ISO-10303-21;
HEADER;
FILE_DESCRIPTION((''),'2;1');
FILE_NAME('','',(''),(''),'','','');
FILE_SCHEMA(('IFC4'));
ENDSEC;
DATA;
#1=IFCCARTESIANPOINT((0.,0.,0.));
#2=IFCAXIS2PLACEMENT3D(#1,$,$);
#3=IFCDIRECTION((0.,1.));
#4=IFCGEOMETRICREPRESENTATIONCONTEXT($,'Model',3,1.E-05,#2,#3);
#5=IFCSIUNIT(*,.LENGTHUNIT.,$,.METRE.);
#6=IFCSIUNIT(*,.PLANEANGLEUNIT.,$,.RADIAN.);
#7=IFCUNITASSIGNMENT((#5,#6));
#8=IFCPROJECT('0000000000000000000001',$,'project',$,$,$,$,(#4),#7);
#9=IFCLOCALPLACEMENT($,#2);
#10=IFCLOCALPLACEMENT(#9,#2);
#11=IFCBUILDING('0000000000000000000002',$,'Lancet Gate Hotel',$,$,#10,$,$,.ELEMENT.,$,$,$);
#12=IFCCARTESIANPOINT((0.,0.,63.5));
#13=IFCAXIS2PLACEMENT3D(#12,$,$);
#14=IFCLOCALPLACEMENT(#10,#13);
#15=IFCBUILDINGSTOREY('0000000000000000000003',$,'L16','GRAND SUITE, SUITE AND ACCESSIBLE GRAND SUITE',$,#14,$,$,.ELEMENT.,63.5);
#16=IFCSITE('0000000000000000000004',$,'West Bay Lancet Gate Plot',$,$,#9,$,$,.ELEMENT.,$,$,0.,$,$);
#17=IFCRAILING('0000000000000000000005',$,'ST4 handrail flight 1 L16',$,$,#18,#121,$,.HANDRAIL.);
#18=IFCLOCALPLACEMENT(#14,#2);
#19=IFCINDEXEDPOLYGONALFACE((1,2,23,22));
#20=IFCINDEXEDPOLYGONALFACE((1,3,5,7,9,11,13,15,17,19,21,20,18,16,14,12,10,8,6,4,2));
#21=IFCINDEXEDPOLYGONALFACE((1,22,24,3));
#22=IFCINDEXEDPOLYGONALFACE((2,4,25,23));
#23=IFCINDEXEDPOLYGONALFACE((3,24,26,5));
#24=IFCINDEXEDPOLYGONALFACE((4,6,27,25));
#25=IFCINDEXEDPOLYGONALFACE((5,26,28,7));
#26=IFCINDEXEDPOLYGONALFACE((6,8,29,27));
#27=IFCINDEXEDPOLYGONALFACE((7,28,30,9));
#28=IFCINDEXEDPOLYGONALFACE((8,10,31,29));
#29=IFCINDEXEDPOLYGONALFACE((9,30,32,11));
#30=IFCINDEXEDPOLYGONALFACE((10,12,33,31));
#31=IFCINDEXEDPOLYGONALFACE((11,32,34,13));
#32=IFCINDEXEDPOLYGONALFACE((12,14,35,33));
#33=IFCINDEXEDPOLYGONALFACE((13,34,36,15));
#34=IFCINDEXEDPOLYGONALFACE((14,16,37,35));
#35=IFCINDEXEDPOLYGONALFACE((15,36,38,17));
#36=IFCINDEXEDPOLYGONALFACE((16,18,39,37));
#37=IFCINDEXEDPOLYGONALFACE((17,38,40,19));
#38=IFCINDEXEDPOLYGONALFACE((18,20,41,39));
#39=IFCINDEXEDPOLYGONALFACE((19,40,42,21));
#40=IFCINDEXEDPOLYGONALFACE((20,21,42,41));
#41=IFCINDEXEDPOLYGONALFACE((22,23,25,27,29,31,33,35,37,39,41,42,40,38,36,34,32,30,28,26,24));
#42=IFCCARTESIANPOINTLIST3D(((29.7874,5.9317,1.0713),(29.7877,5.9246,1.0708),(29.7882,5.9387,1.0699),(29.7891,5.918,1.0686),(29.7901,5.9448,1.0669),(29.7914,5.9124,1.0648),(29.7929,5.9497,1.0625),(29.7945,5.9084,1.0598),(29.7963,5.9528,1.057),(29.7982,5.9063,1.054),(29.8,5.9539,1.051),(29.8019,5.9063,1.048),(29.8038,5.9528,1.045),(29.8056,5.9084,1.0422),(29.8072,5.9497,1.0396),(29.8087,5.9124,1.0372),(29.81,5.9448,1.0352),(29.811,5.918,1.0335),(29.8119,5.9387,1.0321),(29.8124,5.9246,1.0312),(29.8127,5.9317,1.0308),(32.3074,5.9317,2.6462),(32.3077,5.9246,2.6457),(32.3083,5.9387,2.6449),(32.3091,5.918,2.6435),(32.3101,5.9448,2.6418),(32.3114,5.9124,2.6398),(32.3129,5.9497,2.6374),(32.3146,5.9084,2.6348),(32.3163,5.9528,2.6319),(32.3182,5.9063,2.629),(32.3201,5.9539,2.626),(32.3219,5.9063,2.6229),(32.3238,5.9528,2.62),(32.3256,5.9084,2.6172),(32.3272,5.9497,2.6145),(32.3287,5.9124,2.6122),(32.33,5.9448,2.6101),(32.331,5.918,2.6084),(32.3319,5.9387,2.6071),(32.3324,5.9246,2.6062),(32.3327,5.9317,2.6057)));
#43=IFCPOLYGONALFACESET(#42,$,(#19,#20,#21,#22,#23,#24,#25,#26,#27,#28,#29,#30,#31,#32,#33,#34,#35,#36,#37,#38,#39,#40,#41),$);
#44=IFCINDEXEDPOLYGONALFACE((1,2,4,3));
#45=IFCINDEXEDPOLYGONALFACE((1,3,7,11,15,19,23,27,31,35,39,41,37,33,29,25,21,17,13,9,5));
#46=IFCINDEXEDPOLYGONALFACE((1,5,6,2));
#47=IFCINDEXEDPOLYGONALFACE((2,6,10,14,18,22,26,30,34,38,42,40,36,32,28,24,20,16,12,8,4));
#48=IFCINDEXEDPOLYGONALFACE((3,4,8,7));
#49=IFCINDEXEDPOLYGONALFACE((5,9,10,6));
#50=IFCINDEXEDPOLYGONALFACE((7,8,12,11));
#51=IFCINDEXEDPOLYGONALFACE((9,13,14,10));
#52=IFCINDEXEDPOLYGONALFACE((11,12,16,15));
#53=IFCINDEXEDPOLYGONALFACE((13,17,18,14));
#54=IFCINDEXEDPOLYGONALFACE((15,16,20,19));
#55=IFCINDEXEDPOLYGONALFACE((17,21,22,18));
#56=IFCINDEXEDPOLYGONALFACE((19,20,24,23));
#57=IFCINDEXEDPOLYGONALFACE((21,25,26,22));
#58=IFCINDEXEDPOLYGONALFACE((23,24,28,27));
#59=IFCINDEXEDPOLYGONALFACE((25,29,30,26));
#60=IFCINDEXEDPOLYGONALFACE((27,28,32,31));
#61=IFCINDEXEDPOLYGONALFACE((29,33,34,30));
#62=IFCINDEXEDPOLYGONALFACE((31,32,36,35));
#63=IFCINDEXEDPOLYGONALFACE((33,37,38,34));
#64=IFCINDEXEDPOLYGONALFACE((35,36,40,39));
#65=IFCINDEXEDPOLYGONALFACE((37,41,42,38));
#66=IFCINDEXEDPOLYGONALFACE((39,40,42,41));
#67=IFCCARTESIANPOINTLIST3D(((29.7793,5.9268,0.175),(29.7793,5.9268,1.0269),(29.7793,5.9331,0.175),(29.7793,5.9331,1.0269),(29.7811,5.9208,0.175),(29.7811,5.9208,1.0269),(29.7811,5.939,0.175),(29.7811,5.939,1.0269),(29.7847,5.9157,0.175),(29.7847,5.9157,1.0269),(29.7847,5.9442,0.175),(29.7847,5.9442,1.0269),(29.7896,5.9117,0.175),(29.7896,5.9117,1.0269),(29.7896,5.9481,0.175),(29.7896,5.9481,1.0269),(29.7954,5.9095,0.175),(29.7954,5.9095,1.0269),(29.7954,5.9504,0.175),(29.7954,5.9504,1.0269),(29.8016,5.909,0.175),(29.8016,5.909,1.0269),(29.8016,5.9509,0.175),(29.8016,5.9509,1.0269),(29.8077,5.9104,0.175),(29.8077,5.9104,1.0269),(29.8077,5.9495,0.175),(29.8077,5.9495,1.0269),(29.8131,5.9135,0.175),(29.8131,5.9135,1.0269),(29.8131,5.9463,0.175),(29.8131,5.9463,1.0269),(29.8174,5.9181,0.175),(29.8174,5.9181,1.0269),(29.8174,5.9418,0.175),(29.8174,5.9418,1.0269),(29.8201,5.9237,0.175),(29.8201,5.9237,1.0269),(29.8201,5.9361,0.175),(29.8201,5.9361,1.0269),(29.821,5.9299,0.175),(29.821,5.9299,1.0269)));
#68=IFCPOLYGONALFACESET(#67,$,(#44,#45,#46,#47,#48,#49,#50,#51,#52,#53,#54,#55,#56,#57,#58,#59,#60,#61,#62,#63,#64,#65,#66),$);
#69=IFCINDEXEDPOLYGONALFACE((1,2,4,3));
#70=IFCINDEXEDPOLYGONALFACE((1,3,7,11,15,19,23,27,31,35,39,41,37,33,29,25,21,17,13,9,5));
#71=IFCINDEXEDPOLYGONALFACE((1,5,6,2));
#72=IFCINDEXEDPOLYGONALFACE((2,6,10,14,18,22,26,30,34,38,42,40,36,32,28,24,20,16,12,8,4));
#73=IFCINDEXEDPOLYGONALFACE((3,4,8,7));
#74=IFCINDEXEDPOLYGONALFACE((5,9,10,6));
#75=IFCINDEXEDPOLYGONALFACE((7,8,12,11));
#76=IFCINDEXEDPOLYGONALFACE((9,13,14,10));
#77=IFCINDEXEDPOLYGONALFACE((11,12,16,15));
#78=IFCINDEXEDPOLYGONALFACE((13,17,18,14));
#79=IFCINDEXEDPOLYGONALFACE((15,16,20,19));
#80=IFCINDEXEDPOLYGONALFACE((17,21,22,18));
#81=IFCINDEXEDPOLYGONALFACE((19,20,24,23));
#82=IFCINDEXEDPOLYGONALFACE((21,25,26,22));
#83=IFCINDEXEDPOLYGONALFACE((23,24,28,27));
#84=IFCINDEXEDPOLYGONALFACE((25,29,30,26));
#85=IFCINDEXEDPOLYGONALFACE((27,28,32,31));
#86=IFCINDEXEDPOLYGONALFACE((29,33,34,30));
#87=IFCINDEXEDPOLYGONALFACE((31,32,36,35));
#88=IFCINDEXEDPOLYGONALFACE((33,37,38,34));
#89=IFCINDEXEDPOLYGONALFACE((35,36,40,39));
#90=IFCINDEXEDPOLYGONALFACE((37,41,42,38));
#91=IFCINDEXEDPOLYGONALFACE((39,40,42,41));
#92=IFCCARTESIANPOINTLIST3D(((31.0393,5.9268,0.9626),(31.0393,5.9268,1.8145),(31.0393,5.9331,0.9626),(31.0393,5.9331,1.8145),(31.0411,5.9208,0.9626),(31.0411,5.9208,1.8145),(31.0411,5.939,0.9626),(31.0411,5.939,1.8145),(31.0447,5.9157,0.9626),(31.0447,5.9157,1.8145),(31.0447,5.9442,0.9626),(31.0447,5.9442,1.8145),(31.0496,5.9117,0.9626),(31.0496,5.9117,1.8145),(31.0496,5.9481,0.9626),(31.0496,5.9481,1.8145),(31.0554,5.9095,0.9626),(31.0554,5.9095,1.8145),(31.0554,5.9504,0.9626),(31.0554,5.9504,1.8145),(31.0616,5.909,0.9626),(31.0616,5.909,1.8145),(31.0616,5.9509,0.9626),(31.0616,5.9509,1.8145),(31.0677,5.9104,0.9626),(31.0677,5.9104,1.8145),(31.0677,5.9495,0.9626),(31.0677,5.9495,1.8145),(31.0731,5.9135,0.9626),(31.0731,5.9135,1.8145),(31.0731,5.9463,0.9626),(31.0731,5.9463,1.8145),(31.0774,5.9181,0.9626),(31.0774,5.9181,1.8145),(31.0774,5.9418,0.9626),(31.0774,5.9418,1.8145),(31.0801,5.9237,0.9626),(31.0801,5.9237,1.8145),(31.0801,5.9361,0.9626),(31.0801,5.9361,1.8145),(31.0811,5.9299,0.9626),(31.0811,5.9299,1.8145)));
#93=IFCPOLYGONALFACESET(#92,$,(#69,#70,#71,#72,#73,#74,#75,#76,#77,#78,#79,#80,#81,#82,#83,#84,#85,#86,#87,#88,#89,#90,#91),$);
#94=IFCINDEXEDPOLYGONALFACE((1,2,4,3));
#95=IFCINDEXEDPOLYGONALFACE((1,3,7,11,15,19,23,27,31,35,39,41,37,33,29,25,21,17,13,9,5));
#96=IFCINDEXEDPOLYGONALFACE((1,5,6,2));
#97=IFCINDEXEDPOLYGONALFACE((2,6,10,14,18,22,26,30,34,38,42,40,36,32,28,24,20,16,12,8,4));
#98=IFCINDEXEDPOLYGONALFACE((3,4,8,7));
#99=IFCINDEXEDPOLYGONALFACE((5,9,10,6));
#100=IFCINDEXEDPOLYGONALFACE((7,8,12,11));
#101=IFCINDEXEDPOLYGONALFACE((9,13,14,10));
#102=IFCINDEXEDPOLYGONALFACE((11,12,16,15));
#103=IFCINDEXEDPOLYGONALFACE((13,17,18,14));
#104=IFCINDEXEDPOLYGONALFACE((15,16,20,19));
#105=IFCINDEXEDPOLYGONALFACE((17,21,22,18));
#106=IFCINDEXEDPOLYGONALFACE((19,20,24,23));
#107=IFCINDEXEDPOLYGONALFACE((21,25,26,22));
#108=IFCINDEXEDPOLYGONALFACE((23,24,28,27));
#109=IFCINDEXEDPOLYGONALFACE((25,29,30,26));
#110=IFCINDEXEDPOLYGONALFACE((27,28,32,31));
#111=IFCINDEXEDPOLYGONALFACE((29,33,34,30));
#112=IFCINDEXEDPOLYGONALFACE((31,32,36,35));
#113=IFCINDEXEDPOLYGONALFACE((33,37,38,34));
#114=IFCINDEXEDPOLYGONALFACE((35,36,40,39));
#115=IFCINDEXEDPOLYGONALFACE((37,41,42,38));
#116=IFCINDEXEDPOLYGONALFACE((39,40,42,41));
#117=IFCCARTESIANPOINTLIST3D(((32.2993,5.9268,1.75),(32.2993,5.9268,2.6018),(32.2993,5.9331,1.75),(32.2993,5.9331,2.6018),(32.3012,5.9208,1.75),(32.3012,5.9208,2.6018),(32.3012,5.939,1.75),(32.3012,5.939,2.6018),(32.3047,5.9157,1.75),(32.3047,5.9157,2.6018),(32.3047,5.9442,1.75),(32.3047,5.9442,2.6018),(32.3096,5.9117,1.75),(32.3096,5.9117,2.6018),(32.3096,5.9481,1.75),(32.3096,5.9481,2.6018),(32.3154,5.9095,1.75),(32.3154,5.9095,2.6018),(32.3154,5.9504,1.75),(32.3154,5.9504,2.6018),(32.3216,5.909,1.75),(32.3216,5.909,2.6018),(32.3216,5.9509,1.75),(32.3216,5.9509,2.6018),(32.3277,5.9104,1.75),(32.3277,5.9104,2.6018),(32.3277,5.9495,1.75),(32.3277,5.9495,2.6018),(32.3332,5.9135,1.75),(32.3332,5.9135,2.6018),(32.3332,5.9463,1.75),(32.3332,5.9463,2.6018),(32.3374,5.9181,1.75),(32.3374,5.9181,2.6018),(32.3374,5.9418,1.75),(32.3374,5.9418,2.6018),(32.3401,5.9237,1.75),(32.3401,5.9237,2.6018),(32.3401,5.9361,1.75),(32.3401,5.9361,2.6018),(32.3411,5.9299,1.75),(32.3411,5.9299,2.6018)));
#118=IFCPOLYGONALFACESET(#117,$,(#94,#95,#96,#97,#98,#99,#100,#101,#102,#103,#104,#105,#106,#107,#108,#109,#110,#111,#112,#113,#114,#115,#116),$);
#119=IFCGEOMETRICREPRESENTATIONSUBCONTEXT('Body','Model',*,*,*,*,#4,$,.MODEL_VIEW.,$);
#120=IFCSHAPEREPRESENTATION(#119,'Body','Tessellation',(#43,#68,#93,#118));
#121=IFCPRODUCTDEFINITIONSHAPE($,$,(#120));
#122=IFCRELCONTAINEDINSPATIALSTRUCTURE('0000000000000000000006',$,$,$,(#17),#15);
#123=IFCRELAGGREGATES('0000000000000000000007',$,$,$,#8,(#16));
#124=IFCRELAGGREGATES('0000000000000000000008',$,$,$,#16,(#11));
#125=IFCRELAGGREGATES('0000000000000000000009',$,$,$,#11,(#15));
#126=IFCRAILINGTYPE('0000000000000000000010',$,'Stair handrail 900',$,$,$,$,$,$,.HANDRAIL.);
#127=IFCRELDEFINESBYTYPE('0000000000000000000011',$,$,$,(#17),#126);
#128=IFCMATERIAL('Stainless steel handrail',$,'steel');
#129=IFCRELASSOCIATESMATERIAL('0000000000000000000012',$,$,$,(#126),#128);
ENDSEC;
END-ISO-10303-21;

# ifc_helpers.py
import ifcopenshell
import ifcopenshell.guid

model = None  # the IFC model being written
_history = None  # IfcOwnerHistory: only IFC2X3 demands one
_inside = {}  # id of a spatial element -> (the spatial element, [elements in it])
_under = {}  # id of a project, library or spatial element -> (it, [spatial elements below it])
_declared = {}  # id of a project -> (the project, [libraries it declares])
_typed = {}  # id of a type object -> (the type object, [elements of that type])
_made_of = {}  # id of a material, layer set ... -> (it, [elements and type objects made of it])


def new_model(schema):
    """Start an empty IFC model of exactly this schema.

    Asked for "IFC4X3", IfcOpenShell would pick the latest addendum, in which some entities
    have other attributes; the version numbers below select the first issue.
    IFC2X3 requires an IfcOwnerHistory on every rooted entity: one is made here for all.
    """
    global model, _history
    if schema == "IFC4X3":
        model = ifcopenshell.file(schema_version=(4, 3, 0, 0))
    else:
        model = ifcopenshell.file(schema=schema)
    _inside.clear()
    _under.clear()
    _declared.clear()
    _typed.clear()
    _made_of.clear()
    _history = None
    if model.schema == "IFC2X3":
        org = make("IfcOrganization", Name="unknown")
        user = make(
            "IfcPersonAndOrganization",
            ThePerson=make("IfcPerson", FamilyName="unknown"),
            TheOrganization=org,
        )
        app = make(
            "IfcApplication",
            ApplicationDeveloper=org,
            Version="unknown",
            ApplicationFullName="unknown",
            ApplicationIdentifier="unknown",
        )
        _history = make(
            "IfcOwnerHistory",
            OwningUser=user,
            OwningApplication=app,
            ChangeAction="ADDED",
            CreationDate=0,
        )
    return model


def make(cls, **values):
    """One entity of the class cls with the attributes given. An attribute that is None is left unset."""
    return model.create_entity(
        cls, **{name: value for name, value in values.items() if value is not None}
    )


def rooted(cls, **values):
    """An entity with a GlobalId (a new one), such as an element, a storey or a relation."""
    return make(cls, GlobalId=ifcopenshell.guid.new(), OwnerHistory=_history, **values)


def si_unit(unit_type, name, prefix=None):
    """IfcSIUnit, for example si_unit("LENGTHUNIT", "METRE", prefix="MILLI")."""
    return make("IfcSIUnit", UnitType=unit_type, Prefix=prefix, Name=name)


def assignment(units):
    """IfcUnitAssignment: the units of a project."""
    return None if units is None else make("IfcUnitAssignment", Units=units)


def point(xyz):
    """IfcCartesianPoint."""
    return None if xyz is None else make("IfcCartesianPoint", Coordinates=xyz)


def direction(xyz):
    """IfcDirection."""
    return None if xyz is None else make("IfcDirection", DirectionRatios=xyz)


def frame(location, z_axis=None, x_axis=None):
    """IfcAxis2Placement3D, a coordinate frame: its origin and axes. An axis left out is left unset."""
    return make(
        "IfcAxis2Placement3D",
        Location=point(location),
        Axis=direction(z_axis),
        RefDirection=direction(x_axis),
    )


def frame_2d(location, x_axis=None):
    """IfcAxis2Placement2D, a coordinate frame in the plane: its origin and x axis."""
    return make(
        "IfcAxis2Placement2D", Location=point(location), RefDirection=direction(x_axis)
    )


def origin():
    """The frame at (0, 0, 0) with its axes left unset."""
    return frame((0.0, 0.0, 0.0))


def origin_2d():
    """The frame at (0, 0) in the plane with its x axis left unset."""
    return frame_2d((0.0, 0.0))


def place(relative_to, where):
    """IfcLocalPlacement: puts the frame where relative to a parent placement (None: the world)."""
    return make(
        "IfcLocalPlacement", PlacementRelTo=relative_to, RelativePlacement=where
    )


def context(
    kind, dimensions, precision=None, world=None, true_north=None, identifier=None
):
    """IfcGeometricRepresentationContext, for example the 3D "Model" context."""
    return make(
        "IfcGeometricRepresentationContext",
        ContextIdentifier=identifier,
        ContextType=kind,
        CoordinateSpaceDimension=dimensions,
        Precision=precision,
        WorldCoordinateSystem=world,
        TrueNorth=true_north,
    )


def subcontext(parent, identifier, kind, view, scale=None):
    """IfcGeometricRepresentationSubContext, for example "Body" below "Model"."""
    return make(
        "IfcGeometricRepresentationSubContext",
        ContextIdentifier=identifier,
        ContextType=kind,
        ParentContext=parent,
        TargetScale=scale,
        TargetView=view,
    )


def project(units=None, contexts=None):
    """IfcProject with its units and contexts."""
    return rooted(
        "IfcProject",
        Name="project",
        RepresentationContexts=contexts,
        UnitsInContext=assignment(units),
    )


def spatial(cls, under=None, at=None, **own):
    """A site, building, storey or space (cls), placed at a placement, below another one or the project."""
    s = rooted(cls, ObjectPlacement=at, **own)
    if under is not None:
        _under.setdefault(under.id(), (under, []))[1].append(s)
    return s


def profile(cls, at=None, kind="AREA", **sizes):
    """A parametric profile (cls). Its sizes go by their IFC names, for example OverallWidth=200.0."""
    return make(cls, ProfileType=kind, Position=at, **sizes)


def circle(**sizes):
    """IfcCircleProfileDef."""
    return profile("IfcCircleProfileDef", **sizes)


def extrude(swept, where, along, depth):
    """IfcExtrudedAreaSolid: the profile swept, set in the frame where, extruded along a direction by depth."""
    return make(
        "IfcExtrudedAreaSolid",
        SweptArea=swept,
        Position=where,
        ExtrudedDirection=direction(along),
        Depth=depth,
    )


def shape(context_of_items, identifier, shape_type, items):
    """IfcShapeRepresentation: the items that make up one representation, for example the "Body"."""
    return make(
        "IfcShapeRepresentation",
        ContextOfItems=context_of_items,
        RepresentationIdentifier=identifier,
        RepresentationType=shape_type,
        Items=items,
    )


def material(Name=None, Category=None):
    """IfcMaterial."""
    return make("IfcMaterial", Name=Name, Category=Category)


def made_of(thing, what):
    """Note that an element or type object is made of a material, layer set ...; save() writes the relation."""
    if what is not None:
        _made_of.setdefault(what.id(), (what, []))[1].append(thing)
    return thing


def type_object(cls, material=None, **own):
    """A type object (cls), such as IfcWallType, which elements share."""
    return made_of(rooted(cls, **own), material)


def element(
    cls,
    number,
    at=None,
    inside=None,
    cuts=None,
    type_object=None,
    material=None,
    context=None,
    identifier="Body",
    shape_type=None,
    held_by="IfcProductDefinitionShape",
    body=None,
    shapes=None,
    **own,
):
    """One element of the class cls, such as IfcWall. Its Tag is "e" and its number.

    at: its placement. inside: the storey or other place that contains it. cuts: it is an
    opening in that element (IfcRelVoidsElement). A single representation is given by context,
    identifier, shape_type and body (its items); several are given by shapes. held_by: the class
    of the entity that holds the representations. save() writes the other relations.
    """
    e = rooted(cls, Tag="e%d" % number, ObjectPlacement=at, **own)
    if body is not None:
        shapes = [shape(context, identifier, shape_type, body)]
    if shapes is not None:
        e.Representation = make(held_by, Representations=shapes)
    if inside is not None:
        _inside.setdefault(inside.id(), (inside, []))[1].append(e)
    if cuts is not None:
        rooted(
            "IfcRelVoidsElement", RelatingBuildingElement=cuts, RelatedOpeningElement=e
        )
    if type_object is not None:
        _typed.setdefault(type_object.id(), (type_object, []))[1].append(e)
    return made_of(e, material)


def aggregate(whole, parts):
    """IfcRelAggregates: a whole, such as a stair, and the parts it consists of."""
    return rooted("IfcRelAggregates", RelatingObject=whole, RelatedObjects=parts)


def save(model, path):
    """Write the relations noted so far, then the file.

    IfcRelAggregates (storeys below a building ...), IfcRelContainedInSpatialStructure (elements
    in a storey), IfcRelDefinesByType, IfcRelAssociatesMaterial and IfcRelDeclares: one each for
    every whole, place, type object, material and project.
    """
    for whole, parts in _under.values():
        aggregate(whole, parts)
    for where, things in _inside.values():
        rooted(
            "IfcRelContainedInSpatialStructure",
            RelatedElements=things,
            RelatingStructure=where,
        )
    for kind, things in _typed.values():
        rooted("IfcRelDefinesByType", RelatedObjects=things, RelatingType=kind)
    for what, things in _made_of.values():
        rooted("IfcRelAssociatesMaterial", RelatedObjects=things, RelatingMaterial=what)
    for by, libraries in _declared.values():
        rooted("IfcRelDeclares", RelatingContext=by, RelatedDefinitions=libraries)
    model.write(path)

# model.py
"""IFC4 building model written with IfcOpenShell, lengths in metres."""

from ifc_helpers import new_model, si_unit, direction, frame, origin, origin_2d, place, context, subcontext, project, spatial, circle, extrude, material, type_object, element, save


model = new_model("IFC4")

# Units and contexts
model_context = context("Model", 3, precision=1e-05, world=origin(), true_north=direction((0.0, 1.0)))
body_context = subcontext(model_context, "Body", "Model", "MODEL_VIEW")
ifc_project = project(units=[si_unit("LENGTHUNIT", "METRE"), si_unit("PLANEANGLEUNIT", "RADIAN")], contexts=[model_context])

# Site, building, storey
site_placement = place(None, origin())
site = spatial("IfcSite", under=ifc_project, at=site_placement, Name="West Bay Lancet Gate Plot", CompositionType="ELEMENT", RefElevation=0.0)
building_placement = place(site_placement, origin())
building = spatial("IfcBuilding", under=site, at=building_placement, Name="Lancet Gate Hotel", CompositionType="ELEMENT")
storey_placement = place(building_placement, frame((0.0, 0.0, 63.5)))
storey = spatial("IfcBuildingStorey", under=building, at=storey_placement, Name="L16", Description="GRAND SUITE, SUITE AND ACCESSIBLE GRAND SUITE", CompositionType="ELEMENT", Elevation=63.5)

# Railing
ifc_material_1 = material(Name="Stainless steel handrail", Category="steel")
railing_type = type_object("IfcRailingType", Name="Stair handrail 900", PredefinedType="HANDRAIL", material=ifc_material_1)
railing_1_placement = place(storey_placement, frame((29.8, 5.9299, 0.175)))
element("IfcRailing", 1, at=railing_1_placement, inside=storey, type_object=railing_type, Name="ST4 handrail flight 1 L16", PredefinedType="HANDRAIL", context=body_context, shape_type="SweptSolid", body=[
    extrude(circle(Radius=0.0239, at=origin_2d()), frame((0.0, 0.0, 0.876), z_axis=(0.848008, 0.0, 0.529984), x_axis=(0.0, 1.0, 0.0)), (0.0, 0.0, 1.0), 2.9717),
    extrude(circle(Radius=0.021, at=origin_2d()), origin(), (0.0, 0.0, 1.0), 0.8518),
    extrude(circle(Radius=0.021, at=origin_2d()), frame((1.26, 0.0, 0.7876)), (0.0, 0.0, 1.0), 0.8518),
    extrude(circle(Radius=0.021, at=origin_2d()), frame((2.52, 0.0, 1.575)), (0.0, 0.0, 1.0), 0.8518),
])

save(model, "model.ifc")
